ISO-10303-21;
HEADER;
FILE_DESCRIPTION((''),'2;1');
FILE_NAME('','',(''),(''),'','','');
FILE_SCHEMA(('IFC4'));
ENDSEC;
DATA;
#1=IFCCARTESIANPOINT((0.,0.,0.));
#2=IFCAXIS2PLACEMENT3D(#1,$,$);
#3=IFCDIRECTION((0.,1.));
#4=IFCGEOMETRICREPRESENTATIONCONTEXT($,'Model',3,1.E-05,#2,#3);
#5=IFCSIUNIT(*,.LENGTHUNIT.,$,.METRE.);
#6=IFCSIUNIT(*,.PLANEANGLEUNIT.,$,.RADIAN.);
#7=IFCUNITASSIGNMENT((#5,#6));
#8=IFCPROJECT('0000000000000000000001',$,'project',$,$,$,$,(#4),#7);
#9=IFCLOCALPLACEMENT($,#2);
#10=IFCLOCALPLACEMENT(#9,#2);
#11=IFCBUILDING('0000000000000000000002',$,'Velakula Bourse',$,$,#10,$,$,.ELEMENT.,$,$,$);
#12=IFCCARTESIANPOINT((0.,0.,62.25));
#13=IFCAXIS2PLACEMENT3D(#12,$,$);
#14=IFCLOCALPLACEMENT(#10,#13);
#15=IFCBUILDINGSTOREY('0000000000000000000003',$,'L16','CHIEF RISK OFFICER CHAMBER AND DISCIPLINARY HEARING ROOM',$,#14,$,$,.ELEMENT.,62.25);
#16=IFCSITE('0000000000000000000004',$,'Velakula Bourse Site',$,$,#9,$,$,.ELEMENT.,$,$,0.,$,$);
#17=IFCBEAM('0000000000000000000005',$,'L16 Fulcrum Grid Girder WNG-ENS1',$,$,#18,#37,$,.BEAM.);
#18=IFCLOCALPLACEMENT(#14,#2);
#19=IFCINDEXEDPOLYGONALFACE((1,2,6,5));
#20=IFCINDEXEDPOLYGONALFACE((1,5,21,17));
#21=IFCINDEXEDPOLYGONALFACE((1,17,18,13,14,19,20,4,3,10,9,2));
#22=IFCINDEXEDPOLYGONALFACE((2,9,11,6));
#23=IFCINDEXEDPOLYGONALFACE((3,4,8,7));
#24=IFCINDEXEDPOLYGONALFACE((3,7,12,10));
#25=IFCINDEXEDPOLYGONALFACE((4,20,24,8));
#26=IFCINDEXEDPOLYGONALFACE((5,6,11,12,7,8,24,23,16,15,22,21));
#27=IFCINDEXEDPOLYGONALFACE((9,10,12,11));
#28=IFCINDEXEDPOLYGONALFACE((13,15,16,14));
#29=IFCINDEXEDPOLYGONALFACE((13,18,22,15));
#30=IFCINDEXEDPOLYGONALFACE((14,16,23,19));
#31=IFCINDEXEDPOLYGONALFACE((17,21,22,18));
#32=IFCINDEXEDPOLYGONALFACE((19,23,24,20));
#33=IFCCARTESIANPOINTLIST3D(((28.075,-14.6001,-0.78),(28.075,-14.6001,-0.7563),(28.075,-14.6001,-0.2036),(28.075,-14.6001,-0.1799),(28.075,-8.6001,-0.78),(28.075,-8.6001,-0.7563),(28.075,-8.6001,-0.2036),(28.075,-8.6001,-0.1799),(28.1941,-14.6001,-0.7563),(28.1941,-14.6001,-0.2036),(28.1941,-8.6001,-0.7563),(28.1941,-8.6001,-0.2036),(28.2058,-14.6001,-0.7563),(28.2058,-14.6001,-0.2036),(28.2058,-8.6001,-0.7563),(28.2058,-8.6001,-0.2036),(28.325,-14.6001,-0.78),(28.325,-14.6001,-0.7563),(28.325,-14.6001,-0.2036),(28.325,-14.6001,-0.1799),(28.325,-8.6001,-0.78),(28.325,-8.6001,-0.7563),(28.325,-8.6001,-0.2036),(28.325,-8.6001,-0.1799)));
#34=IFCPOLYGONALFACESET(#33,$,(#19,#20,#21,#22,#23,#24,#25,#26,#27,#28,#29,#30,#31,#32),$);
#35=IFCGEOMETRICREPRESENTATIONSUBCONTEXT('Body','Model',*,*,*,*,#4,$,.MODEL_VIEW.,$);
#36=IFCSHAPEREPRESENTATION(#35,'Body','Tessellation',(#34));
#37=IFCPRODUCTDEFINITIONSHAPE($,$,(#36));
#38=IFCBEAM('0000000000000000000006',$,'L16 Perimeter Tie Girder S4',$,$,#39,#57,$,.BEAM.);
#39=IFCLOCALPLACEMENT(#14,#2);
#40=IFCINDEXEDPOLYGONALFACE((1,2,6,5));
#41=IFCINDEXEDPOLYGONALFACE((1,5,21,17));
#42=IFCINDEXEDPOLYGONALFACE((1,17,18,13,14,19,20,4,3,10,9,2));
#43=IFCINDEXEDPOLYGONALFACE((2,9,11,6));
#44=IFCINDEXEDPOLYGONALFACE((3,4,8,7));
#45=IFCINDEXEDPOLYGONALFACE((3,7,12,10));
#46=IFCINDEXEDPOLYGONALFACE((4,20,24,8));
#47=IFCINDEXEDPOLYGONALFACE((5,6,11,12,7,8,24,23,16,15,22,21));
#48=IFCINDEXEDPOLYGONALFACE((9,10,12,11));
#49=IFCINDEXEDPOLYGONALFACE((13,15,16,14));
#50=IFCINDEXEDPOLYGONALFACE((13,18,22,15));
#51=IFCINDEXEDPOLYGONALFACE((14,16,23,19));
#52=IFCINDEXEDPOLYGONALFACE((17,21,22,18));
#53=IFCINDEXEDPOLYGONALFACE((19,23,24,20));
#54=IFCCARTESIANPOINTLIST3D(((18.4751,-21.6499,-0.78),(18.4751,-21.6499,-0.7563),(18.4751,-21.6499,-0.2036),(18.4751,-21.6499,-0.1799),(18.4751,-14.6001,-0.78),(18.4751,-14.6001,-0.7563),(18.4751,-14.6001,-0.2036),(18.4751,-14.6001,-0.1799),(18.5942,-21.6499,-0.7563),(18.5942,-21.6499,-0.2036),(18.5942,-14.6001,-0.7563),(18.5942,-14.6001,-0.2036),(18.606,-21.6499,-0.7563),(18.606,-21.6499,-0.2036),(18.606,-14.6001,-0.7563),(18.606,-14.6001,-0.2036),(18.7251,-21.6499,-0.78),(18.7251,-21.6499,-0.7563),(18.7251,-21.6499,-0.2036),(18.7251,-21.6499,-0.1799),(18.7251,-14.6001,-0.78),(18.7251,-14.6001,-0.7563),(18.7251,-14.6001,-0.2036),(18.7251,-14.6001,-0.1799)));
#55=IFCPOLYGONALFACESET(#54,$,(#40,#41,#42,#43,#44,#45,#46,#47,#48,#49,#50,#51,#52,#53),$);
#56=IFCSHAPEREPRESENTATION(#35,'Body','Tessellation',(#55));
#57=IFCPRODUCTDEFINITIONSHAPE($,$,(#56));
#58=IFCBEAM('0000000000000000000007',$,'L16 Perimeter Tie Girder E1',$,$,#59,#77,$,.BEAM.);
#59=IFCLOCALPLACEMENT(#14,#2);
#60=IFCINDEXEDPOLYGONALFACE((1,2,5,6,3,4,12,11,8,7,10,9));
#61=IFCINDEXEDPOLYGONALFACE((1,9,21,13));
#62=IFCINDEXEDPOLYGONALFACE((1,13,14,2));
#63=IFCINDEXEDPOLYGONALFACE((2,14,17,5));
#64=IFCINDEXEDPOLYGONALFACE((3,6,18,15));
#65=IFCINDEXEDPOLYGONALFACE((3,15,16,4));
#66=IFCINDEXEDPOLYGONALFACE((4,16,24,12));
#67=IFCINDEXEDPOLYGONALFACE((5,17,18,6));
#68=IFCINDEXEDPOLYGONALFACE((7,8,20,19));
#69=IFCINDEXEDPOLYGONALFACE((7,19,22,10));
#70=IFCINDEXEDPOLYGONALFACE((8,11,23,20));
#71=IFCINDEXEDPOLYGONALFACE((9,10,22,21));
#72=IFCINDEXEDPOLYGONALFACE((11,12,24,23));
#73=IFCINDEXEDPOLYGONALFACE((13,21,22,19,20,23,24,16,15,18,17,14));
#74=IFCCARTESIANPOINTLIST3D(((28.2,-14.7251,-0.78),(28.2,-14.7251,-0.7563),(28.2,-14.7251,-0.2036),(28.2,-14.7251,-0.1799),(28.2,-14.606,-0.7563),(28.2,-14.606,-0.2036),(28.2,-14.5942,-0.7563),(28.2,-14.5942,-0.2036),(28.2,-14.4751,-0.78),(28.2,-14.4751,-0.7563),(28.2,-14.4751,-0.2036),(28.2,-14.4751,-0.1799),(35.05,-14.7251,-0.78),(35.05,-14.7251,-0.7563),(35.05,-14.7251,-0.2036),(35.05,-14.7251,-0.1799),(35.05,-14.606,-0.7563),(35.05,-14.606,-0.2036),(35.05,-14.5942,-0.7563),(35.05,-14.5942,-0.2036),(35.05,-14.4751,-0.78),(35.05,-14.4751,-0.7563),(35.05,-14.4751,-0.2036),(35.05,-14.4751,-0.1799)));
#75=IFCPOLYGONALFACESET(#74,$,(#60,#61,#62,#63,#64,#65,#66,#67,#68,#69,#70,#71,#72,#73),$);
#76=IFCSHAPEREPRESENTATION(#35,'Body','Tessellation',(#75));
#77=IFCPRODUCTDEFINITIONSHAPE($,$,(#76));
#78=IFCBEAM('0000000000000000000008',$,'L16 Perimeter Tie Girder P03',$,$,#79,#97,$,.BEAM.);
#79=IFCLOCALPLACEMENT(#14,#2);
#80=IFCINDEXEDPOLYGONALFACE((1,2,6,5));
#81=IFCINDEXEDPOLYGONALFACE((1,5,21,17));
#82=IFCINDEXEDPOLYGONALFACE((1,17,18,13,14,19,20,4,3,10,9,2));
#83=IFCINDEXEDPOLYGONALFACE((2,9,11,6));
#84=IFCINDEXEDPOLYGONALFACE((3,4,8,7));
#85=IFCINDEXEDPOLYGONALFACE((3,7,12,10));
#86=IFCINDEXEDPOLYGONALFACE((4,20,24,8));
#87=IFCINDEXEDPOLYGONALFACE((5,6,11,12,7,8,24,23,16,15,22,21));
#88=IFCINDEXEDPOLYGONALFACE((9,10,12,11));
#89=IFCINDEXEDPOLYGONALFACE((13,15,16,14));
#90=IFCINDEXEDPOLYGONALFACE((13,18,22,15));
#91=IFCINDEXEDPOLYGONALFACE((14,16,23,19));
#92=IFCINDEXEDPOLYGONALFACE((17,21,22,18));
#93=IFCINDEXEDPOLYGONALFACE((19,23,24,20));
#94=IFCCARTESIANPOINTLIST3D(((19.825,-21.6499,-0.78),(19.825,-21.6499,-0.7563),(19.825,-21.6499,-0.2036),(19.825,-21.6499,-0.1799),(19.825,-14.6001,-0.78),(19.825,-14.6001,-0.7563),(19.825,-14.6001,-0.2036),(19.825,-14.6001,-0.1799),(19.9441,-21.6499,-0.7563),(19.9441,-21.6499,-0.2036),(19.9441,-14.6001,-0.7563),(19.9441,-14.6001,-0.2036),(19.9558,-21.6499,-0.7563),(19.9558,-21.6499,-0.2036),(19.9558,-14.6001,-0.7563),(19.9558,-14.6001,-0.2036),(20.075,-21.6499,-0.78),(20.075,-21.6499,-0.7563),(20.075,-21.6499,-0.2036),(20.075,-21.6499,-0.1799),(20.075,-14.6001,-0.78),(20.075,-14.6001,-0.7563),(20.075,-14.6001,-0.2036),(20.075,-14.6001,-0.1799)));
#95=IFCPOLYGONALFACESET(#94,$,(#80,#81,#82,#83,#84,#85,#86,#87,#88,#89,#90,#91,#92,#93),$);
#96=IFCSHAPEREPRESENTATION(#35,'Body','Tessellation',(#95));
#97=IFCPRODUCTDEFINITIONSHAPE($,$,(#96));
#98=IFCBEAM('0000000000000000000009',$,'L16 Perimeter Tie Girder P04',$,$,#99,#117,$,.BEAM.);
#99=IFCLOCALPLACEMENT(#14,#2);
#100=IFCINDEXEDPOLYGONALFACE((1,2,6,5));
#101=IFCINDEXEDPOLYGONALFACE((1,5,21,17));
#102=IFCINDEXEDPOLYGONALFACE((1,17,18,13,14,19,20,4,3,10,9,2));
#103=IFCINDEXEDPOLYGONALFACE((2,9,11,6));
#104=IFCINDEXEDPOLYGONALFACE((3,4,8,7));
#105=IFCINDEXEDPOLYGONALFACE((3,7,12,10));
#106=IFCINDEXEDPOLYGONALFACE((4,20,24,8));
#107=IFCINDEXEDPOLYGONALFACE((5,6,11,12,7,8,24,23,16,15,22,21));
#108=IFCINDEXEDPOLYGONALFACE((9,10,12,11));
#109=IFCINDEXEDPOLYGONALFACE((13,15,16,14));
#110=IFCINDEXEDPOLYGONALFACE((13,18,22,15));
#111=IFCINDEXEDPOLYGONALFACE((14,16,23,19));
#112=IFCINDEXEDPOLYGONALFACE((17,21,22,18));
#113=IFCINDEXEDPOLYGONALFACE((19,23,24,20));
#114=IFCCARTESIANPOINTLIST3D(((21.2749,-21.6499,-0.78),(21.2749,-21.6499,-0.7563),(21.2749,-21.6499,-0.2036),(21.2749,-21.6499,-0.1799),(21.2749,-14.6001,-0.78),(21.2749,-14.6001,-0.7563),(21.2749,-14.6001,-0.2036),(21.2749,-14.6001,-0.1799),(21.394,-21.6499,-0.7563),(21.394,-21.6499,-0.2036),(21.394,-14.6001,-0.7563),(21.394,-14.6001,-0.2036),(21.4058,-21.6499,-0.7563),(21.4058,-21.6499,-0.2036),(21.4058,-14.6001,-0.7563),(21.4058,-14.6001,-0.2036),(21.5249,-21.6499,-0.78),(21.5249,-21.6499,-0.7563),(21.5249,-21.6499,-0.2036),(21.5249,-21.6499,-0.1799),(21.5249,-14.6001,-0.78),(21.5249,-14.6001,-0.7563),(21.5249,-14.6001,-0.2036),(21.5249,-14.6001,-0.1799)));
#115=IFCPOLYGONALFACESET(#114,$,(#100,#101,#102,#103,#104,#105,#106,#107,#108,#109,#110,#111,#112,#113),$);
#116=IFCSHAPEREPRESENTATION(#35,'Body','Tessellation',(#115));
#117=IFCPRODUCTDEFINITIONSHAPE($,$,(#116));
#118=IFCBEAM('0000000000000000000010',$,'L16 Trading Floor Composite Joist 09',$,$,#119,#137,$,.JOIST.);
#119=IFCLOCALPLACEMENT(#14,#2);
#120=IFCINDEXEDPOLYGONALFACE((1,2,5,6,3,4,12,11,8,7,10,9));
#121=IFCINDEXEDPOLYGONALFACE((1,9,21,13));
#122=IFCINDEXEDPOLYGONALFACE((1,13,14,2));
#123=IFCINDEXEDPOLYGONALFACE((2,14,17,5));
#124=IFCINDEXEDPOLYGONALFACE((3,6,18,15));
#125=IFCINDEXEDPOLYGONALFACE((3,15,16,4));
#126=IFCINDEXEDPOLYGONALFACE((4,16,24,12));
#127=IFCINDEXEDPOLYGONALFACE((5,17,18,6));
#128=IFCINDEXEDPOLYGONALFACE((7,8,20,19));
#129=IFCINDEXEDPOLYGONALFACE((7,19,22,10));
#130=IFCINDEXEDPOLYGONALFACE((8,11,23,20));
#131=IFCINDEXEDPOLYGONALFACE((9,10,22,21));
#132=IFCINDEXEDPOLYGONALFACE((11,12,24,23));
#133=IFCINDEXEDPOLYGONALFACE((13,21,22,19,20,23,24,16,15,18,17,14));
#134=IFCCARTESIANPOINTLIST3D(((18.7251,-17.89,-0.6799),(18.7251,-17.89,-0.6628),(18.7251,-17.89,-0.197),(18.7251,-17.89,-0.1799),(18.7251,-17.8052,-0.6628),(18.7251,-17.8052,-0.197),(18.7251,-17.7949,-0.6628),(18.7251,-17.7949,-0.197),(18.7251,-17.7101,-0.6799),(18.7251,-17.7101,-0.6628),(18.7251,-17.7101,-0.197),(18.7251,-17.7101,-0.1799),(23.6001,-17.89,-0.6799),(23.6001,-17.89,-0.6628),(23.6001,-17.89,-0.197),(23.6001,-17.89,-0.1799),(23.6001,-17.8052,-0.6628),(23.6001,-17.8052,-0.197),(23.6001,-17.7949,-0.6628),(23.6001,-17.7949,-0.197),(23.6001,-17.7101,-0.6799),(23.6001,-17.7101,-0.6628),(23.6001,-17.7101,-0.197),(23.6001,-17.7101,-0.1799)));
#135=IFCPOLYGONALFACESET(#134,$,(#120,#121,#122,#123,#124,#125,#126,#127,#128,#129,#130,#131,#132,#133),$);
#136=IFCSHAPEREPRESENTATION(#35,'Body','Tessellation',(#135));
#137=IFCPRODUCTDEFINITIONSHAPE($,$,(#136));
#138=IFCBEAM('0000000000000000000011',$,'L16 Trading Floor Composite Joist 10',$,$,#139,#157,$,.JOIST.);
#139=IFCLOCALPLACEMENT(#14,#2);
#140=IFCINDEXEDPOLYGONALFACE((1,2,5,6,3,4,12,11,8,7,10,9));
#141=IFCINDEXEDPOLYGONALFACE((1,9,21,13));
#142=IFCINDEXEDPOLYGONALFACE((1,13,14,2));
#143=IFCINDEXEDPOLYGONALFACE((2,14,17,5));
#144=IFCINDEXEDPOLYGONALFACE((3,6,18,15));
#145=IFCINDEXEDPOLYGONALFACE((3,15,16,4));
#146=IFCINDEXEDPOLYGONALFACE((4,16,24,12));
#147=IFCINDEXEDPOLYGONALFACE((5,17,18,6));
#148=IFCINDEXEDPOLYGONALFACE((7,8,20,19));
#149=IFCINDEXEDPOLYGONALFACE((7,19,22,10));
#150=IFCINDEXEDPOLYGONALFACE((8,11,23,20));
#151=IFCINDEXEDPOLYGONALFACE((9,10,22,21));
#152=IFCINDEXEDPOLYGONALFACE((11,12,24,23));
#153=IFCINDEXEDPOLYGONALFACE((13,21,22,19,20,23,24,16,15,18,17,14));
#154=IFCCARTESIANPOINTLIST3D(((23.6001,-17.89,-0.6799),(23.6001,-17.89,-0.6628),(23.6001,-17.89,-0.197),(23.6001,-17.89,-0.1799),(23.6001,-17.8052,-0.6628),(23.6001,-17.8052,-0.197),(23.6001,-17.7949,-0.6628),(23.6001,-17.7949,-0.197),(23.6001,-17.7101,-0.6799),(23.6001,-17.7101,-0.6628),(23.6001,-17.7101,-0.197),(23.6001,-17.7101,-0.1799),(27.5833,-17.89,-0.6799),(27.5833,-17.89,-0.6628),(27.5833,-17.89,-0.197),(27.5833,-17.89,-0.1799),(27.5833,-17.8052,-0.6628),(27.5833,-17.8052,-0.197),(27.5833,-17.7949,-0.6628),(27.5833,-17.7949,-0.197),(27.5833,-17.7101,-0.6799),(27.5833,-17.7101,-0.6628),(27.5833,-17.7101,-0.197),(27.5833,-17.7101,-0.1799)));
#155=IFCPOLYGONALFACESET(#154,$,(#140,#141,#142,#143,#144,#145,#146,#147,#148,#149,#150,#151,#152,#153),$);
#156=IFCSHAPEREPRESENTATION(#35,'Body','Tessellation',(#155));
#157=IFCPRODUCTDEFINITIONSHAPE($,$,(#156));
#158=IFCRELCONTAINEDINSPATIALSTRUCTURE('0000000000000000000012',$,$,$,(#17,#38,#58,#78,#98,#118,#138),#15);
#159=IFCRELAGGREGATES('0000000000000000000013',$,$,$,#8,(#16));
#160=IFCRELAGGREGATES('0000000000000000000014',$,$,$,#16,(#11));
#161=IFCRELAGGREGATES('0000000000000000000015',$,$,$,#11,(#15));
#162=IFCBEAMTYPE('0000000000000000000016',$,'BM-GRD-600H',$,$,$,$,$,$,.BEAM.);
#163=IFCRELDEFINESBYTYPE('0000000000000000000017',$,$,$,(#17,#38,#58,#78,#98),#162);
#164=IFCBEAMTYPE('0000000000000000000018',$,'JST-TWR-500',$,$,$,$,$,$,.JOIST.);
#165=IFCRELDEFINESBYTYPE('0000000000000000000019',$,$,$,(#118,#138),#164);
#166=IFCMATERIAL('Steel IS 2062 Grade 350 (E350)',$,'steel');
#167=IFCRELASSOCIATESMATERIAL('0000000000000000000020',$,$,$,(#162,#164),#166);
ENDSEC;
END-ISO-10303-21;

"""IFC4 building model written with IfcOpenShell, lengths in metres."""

from ifc_helpers import new_model, si_unit, direction, frame, origin, origin_2d, place, context, subcontext, project, spatial, i_section, extrude, material, material_profile, profile_set, type_object, element, save


model = new_model("IFC4")

# Units and contexts
model_context = context("Model", 3, precision=1e-05, world=origin(), true_north=direction((0.0, 1.0)))
body_context = subcontext(model_context, "Body", "Model", "MODEL_VIEW")
ifc_project = project(units=[si_unit("LENGTHUNIT", "METRE"), si_unit("PLANEANGLEUNIT", "RADIAN")], contexts=[model_context])

# Site, building, storey
site_placement = place(None, origin())
site = spatial("IfcSite", under=ifc_project, at=site_placement, Name="Velakula Bourse Site", CompositionType="ELEMENT", RefElevation=0.0)
building_placement = place(site_placement, origin())
building = spatial("IfcBuilding", under=site, at=building_placement, Name="Velakula Bourse", CompositionType="ELEMENT")
storey_placement = place(building_placement, frame((0.0, 0.0, 62.25)))
storey = spatial("IfcBuildingStorey", under=building, at=storey_placement, Name="L16", Description="CHIEF RISK OFFICER CHAMBER AND DISCIPLINARY HEARING ROOM", CompositionType="ELEMENT", Elevation=62.25)

# Beams
ifc_material_1 = material(Name="Steel IS 2062 Grade 350 (E350)", Category="steel")
ifc_material_profile_1 = material_profile(ifc_material_1, i_section(OverallWidth=0.25, OverallDepth=0.6001, WebThickness=0.0117, FlangeThickness=0.0237, at=origin_2d()), Name="Steel IS 2062 Grade 350 (E350)")
ifc_profile_set_1 = profile_set([ifc_material_profile_1], Name="Steel IS 2062 Grade 350 (E350)")
beam_type_1 = type_object("IfcBeamType", Name="BM-GRD-600H", PredefinedType="BEAM", material=ifc_profile_set_1)
beam_1_placement = place(storey_placement, frame((28.2, -14.6001, -0.48), z_axis=(0.0, 1.0, 0.0), x_axis=(-1.0, 0.0, 0.0)))
element("IfcBeam", 1, at=beam_1_placement, inside=storey, type_object=beam_type_1, Name="L16 Fulcrum Grid Girder WNG-ENS1", PredefinedType="BEAM", context=body_context, shape_type="SweptSolid", body=[
    extrude(i_section(OverallWidth=0.25, OverallDepth=0.6001, WebThickness=0.0117, FlangeThickness=0.0237, at=origin_2d()), origin(), (0.0, 0.0, 1.0), 6.0),
])
beam_2_placement = place(storey_placement, frame((18.6001, -14.6001, -0.48), z_axis=(0.0, -1.0, 0.0), x_axis=(1.0, 0.0, 0.0)))
element("IfcBeam", 2, at=beam_2_placement, inside=storey, type_object=beam_type_1, Name="L16 Perimeter Tie Girder S4", PredefinedType="BEAM", context=body_context, shape_type="SweptSolid", body=[
    extrude(i_section(OverallWidth=0.25, OverallDepth=0.6001, WebThickness=0.0117, FlangeThickness=0.0237, at=origin_2d()), origin(), (0.0, 0.0, 1.0), 7.0498),
])
beam_3_placement = place(storey_placement, frame((28.2, -14.6001, -0.48), z_axis=(1.0, 0.0, 0.0), x_axis=(0.0, 1.0, 0.0)))
element("IfcBeam", 3, at=beam_3_placement, inside=storey, type_object=beam_type_1, Name="L16 Perimeter Tie Girder E1", PredefinedType="BEAM", context=body_context, shape_type="SweptSolid", body=[
    extrude(i_section(OverallWidth=0.25, OverallDepth=0.6001, WebThickness=0.0117, FlangeThickness=0.0237, at=origin_2d()), origin(), (0.0, 0.0, 1.0), 6.8501),
])
for number, where, z_axis, x_axis, name in (
    (4, (19.95, -14.6001, -0.48), (0.0, -1.0, 0.0), (1.0, 0.0, 0.0), "L16 Perimeter Tie Girder P03"),
    (5, (21.3999, -14.6001, -0.48), (0.0, -1.0, 0.0), (1.0, 0.0, 0.0), "L16 Perimeter Tie Girder P04"),
):
    element("IfcBeam", number, at=place(storey_placement, frame(where, z_axis=z_axis, x_axis=x_axis)), inside=storey, type_object=beam_type_1, Name=name, PredefinedType="BEAM", context=body_context, shape_type="SweptSolid", body=[
        extrude(i_section(OverallWidth=0.25, OverallDepth=0.6001, WebThickness=0.0117, FlangeThickness=0.0237, at=origin_2d()), origin(), (0.0, 0.0, 1.0), 7.0498),
    ])
ifc_material_profile_2 = material_profile(ifc_material_1, i_section(OverallWidth=0.1799, OverallDepth=0.5, WebThickness=0.0103, FlangeThickness=0.0171, at=origin_2d()), Name="Steel IS 2062 Grade 350 (E350)")
ifc_profile_set_2 = profile_set([ifc_material_profile_2], Name="Steel IS 2062 Grade 350 (E350)")
beam_type_2 = type_object("IfcBeamType", Name="JST-TWR-500", PredefinedType="JOIST", material=ifc_profile_set_2)
beam_4_placement = place(storey_placement, frame((18.7251, -17.8, -0.4299), z_axis=(1.0, 0.0, 0.0), x_axis=(0.0, 1.0, 0.0)))
element("IfcBeam", 6, at=beam_4_placement, inside=storey, type_object=beam_type_2, Name="L16 Trading Floor Composite Joist 09", PredefinedType="JOIST", context=body_context, shape_type="SweptSolid", body=[
    extrude(i_section(OverallWidth=0.1799, OverallDepth=0.5, WebThickness=0.0103, FlangeThickness=0.0171, at=origin_2d()), origin(), (0.0, 0.0, 1.0), 4.875),
])
beam_5_placement = place(storey_placement, frame((23.6001, -17.8, -0.4299), z_axis=(1.0, 0.0, 0.0), x_axis=(0.0, 1.0, 0.0)))
element("IfcBeam", 7, at=beam_5_placement, inside=storey, type_object=beam_type_2, Name="L16 Trading Floor Composite Joist 10", PredefinedType="JOIST", context=body_context, shape_type="SweptSolid", body=[
    extrude(i_section(OverallWidth=0.1799, OverallDepth=0.5, WebThickness=0.0103, FlangeThickness=0.0171, at=origin_2d()), origin(), (0.0, 0.0, 1.0), 3.9832),
])

save(model, "model.ifc")
